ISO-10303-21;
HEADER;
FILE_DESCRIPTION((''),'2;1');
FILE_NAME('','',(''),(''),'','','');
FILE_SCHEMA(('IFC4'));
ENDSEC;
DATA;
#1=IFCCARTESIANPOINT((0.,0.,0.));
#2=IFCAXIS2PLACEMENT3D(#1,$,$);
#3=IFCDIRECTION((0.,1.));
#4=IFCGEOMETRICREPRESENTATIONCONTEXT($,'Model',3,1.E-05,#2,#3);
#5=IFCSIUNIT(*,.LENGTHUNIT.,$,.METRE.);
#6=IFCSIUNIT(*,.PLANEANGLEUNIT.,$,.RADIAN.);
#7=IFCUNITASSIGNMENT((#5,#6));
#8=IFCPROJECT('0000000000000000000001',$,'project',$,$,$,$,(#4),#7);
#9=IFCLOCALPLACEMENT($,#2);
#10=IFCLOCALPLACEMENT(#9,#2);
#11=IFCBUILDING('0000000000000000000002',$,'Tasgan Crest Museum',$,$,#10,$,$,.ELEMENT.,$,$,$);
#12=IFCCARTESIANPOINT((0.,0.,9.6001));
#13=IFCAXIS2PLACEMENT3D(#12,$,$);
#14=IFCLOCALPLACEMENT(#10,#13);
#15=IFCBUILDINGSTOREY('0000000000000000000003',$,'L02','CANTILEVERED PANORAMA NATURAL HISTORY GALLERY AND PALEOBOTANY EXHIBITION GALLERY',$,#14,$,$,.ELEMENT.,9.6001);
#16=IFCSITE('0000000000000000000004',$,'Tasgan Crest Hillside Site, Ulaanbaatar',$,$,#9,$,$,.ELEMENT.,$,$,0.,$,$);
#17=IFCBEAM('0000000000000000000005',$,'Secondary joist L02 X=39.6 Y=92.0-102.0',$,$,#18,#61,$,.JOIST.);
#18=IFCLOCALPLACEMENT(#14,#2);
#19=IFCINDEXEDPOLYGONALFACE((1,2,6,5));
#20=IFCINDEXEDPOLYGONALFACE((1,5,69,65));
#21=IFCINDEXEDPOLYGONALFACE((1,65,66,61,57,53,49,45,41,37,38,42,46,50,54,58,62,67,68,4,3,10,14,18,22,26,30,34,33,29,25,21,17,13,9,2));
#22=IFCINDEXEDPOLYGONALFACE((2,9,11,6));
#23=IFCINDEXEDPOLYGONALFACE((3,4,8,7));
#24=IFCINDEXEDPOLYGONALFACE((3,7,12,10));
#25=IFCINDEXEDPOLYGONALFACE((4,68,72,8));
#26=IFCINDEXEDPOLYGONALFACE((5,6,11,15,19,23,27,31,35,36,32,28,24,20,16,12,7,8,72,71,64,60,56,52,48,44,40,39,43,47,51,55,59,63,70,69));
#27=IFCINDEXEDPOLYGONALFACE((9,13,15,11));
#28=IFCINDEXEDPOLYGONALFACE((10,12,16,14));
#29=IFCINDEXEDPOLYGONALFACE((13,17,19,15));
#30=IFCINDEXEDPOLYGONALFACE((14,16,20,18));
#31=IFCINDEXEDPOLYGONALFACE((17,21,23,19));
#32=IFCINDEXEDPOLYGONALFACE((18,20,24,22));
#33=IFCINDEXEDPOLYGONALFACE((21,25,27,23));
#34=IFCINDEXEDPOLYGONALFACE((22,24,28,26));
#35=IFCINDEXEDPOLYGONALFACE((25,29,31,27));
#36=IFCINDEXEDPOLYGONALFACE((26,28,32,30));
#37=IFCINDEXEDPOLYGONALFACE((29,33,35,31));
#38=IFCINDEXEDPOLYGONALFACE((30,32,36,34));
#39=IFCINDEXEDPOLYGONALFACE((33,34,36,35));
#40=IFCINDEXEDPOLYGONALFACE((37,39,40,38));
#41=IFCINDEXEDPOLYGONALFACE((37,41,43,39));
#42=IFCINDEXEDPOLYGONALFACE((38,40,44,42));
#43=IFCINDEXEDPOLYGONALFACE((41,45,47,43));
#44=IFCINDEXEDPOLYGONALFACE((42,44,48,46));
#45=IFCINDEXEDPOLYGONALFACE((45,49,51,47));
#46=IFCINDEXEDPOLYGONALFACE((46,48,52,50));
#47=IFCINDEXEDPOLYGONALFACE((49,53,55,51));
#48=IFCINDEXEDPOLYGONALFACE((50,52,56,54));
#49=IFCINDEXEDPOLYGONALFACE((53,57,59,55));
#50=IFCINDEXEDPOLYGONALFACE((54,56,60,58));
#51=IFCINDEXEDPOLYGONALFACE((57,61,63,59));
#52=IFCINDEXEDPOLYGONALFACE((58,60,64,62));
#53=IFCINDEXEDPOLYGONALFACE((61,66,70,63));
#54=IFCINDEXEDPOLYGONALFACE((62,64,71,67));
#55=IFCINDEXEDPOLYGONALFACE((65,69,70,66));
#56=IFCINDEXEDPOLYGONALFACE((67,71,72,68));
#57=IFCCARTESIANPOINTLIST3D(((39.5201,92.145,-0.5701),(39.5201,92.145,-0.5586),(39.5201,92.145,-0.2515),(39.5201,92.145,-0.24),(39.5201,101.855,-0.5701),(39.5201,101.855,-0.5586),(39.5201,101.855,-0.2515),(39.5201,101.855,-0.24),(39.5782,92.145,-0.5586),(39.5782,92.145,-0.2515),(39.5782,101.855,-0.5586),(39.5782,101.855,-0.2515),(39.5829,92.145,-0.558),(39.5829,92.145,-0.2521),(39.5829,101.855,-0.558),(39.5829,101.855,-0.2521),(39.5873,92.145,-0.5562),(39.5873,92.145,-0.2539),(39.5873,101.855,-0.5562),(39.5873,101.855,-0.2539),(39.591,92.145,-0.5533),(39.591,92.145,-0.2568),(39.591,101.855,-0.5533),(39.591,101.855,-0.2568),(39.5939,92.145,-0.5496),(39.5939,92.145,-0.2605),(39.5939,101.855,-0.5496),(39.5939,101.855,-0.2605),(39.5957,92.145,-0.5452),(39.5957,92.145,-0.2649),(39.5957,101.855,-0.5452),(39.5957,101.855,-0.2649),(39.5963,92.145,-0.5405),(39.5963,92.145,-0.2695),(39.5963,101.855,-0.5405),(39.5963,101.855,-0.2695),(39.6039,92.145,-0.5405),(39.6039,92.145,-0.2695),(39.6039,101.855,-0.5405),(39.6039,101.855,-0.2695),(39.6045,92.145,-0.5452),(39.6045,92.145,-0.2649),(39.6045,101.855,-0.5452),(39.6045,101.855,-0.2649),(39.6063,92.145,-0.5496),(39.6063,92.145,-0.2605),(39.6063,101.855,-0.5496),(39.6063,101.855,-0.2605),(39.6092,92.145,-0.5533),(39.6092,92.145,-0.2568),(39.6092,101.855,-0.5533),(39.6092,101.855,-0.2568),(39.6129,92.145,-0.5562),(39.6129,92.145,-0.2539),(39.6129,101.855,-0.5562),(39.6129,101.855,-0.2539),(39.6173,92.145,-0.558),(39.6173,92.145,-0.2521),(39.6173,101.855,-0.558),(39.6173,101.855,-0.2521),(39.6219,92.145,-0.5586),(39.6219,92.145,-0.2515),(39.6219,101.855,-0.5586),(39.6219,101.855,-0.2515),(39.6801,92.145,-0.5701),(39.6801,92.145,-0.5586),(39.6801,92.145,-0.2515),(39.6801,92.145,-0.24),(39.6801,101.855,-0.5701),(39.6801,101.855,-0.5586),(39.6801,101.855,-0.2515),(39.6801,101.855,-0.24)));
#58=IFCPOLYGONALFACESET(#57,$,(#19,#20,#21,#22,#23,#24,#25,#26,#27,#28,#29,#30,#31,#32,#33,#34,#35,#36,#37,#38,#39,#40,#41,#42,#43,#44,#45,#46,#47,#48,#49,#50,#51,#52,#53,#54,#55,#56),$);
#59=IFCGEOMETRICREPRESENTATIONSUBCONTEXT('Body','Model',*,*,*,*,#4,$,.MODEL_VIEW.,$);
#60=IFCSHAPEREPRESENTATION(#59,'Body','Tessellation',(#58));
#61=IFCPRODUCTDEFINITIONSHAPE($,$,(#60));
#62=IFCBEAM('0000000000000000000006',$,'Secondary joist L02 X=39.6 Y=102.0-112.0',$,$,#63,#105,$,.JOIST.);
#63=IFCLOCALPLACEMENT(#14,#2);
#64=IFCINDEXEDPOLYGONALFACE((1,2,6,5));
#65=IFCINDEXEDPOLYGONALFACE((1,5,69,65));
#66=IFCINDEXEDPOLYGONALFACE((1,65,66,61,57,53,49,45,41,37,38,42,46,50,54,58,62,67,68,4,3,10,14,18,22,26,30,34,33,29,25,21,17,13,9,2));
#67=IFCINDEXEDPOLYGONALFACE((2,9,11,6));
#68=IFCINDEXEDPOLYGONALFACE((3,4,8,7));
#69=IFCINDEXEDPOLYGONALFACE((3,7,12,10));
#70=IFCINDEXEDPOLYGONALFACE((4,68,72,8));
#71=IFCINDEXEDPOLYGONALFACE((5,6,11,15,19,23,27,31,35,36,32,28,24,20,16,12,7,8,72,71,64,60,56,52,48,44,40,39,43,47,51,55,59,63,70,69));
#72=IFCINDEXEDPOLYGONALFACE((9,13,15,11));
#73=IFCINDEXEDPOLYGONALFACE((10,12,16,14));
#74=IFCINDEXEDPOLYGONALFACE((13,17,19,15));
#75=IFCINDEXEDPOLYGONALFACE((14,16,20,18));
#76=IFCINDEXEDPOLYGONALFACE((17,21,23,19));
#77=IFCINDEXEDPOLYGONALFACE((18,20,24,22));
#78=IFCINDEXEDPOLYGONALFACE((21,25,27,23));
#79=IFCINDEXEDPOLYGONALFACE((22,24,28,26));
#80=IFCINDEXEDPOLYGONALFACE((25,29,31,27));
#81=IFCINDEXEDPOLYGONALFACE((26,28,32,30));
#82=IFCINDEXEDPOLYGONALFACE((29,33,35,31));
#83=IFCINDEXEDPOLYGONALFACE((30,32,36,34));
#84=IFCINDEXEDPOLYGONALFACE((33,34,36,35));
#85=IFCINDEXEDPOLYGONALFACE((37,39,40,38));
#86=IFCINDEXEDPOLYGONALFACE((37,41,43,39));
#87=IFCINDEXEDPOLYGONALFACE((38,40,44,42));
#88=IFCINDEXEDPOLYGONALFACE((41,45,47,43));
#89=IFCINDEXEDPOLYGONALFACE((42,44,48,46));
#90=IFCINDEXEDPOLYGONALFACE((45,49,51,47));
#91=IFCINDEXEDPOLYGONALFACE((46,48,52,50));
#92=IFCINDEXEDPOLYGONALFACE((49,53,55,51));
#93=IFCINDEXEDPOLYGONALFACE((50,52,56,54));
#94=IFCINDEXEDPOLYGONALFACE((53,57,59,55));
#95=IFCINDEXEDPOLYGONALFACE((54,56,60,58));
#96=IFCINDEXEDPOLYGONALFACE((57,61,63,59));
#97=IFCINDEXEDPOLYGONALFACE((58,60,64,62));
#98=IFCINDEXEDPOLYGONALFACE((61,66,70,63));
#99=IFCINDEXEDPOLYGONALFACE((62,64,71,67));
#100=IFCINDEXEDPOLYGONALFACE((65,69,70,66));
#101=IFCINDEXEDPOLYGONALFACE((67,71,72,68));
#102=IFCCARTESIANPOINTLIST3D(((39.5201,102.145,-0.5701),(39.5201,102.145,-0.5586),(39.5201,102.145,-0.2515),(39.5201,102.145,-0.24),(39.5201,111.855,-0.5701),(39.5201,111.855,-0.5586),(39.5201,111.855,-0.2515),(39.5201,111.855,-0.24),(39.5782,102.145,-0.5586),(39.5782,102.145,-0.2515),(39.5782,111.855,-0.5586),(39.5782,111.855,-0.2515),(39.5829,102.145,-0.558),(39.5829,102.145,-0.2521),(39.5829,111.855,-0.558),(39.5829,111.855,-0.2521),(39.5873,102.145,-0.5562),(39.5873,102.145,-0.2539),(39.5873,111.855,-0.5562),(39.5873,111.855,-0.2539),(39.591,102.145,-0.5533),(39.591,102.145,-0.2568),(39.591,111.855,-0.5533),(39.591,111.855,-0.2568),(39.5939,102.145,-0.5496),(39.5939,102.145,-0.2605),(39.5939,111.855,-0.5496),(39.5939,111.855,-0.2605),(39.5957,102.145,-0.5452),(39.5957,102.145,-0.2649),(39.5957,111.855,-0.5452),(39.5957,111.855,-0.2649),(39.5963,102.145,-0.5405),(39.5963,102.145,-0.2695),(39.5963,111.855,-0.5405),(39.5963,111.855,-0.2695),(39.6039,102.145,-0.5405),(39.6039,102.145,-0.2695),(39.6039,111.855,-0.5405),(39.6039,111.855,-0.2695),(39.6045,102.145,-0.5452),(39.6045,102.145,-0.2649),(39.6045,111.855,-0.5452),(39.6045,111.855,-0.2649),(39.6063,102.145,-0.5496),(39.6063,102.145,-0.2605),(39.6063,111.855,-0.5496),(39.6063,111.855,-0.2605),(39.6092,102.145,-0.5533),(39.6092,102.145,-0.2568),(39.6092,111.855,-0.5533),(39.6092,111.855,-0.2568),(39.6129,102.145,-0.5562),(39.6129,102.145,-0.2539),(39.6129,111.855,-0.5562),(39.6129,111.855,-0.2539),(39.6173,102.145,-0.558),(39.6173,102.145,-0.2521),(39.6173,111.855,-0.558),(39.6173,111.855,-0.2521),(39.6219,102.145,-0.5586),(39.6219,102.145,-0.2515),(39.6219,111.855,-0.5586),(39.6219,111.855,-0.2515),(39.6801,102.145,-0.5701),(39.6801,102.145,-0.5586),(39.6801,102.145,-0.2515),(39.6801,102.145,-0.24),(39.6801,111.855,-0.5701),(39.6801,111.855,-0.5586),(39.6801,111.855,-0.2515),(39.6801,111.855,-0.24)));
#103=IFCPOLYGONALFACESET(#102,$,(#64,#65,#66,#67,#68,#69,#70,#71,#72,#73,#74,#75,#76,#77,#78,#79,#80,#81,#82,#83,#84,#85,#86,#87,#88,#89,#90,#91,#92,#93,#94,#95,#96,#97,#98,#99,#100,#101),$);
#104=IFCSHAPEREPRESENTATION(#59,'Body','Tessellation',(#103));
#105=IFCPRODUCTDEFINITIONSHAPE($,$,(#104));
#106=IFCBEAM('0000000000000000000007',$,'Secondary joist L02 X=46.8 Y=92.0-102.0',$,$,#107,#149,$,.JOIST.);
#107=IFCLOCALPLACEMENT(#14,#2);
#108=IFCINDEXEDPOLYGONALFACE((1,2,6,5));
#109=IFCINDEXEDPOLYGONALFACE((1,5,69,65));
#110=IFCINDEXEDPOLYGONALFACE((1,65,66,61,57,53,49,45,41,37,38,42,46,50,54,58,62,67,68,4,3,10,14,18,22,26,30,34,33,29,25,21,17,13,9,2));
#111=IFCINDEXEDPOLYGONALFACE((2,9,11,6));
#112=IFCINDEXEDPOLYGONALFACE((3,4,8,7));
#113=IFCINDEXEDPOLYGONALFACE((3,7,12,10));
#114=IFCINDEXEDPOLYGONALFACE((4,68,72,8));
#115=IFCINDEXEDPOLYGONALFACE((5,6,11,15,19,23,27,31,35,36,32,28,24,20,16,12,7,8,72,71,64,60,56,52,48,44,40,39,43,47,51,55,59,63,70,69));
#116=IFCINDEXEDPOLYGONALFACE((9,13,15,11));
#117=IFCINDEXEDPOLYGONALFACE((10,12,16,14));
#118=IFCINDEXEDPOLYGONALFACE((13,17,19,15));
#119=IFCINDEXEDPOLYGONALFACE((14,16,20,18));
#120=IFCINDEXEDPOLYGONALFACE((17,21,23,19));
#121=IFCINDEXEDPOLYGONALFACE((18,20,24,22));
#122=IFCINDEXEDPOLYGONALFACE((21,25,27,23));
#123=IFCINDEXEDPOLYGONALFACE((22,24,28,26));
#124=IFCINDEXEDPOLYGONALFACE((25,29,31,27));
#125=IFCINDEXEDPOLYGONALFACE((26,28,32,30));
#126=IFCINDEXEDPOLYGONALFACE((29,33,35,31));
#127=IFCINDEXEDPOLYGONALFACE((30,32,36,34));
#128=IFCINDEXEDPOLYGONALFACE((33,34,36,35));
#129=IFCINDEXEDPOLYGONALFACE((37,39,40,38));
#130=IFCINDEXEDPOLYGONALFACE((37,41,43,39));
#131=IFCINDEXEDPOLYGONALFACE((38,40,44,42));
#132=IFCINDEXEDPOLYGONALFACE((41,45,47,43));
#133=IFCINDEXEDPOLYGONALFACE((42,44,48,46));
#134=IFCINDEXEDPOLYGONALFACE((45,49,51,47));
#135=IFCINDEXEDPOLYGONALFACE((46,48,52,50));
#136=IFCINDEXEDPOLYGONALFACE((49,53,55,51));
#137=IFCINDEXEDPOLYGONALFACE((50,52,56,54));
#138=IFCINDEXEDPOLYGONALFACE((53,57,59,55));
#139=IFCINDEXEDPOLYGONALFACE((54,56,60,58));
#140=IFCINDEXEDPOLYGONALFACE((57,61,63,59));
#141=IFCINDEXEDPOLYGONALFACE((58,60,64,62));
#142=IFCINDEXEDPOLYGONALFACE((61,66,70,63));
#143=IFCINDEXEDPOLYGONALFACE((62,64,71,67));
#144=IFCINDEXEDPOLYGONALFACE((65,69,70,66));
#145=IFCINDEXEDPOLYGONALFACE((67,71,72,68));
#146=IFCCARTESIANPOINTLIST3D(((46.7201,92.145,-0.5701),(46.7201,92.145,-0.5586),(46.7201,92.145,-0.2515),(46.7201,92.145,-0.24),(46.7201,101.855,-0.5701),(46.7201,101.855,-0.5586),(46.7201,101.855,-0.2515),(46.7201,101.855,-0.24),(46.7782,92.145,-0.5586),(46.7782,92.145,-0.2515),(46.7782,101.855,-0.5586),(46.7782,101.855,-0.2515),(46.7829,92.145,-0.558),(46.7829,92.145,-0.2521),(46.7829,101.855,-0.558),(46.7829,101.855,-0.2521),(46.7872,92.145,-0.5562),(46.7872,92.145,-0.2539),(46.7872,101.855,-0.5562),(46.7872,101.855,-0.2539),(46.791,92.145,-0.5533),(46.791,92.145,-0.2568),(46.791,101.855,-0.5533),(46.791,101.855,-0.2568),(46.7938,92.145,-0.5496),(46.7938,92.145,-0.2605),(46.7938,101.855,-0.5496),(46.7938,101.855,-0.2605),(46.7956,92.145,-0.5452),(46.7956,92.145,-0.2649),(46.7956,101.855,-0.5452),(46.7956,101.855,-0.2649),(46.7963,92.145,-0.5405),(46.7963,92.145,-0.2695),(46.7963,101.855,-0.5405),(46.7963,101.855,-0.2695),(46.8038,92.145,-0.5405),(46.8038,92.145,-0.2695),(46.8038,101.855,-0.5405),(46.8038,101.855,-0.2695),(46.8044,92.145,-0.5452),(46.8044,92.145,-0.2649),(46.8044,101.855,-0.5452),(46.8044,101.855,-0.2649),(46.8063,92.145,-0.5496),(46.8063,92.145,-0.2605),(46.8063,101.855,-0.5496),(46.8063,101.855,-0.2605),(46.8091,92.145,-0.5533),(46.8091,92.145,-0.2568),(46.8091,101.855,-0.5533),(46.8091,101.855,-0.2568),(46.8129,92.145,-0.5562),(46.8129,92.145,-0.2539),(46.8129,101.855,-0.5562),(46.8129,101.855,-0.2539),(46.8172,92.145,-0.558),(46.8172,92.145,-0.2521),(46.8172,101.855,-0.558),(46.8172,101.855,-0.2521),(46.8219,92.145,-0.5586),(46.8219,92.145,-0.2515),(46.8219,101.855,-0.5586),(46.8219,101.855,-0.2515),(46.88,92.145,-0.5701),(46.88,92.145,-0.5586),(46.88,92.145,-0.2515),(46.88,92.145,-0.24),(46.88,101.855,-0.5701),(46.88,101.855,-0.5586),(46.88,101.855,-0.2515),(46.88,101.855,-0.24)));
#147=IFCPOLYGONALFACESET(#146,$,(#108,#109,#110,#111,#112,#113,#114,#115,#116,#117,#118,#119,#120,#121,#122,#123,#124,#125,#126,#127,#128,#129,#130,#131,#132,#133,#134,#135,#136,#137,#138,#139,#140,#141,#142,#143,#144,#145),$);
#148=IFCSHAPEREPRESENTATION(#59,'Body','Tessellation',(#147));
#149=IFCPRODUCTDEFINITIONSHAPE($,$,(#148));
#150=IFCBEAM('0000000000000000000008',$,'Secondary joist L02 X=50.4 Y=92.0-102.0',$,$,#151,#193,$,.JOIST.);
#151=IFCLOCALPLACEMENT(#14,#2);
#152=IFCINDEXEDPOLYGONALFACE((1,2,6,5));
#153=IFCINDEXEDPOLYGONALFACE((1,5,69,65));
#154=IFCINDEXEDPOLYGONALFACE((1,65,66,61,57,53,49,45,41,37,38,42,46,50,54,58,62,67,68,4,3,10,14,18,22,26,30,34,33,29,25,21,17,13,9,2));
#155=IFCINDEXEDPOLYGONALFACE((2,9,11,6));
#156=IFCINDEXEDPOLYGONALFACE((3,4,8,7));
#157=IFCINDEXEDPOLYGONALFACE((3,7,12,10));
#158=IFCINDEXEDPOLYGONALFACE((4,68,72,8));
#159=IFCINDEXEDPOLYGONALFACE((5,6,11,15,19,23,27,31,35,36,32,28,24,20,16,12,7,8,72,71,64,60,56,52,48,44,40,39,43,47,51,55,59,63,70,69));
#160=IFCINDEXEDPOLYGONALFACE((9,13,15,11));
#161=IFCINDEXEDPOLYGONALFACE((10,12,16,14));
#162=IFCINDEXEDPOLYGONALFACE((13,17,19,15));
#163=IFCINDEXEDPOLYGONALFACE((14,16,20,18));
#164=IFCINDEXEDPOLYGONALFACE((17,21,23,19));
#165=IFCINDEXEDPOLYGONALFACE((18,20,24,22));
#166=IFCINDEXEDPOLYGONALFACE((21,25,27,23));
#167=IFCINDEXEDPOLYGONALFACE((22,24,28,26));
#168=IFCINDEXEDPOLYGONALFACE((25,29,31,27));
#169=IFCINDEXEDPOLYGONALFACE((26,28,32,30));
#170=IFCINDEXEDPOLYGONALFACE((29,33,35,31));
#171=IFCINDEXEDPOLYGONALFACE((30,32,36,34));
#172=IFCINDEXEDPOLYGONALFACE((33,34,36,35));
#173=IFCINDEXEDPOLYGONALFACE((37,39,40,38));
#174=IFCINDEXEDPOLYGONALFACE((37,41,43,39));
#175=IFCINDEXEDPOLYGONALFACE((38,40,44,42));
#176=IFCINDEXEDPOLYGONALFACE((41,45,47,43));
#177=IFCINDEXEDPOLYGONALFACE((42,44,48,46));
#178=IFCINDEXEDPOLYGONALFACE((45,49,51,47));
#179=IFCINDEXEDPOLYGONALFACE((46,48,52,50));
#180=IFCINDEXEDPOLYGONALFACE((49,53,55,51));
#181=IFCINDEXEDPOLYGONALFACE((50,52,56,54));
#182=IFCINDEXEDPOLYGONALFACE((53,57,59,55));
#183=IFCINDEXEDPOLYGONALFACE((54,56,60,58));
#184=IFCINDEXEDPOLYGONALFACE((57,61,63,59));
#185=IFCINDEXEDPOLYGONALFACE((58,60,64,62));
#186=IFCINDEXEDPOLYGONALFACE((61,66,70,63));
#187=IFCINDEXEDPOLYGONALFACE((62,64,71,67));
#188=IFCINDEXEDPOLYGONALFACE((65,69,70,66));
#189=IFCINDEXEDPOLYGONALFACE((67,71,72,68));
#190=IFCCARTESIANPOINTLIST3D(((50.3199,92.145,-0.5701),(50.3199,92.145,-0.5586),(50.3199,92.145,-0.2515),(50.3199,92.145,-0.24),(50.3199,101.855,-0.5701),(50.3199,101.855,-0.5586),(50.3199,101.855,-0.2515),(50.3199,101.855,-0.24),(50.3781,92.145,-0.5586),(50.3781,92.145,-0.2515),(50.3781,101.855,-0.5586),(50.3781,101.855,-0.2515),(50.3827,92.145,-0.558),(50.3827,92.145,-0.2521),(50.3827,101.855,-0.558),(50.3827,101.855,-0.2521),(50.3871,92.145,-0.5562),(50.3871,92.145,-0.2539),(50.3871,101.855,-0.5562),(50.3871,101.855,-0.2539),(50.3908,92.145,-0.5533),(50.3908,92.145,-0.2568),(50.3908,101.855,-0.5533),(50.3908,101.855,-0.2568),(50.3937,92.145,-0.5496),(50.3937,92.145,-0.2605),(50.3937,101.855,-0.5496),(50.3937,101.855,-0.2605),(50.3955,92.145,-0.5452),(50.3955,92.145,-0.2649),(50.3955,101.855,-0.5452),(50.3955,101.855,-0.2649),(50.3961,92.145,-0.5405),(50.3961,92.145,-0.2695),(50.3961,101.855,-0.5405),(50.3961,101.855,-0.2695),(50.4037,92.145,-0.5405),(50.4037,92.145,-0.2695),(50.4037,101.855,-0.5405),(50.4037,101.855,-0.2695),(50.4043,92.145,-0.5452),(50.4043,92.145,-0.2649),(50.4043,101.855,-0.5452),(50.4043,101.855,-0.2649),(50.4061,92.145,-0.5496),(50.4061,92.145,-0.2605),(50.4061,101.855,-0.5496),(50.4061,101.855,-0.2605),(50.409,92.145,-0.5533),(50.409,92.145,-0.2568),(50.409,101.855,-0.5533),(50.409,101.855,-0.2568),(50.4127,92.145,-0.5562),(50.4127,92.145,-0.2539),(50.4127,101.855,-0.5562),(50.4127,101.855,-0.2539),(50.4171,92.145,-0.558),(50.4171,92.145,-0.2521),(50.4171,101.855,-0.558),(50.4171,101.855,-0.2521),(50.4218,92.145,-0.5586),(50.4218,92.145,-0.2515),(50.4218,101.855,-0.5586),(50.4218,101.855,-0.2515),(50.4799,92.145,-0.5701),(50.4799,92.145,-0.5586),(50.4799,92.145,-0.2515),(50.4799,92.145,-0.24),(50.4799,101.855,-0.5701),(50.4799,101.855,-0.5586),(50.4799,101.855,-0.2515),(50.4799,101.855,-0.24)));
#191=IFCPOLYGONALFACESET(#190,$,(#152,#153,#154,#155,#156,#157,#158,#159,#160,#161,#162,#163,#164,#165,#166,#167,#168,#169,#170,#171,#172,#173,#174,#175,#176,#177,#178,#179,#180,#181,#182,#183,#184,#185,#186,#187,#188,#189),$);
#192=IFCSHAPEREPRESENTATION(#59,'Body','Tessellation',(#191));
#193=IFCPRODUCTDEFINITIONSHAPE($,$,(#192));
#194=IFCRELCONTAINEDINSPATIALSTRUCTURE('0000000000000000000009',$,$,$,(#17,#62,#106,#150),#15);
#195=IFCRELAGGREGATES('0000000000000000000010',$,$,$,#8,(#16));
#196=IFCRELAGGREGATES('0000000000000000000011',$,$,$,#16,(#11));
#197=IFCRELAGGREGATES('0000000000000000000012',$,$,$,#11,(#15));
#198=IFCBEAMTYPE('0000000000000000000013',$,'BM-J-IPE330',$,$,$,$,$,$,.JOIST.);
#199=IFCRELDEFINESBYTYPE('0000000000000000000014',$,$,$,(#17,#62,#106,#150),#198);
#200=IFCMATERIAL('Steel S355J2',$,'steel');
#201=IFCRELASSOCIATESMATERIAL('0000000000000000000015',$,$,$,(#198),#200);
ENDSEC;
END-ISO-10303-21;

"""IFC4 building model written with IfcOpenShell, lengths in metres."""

from ifc_helpers import new_model, si_unit, direction, frame, origin, origin_2d, place, context, subcontext, project, spatial, i_section, extrude, material, material_profile, profile_set, type_object, element, save


model = new_model("IFC4")

# Units and contexts
model_context = context("Model", 3, precision=1e-05, world=origin(), true_north=direction((0.0, 1.0)))
body_context = subcontext(model_context, "Body", "Model", "MODEL_VIEW")
ifc_project = project(units=[si_unit("LENGTHUNIT", "METRE"), si_unit("PLANEANGLEUNIT", "RADIAN")], contexts=[model_context])

# Site, building, storey
site_placement = place(None, origin())
site = spatial("IfcSite", under=ifc_project, at=site_placement, Name="Tasgan Crest Hillside Site, Ulaanbaatar", CompositionType="ELEMENT", RefElevation=0.0)
building_placement = place(site_placement, origin())
building = spatial("IfcBuilding", under=site, at=building_placement, Name="Tasgan Crest Museum", CompositionType="ELEMENT")
storey_placement = place(building_placement, frame((0.0, 0.0, 9.6001)))
storey = spatial("IfcBuildingStorey", under=building, at=storey_placement, Name="L02", Description="CANTILEVERED PANORAMA NATURAL HISTORY GALLERY AND PALEOBOTANY EXHIBITION GALLERY", CompositionType="ELEMENT", Elevation=9.6001)

# Beams
ifc_material_1 = material(Name="Steel S355J2", Category="steel")
ifc_material_profile_1 = material_profile(ifc_material_1, i_section(OverallWidth=0.1599, OverallDepth=0.3301, WebThickness=0.0076, FlangeThickness=0.0115, FilletRadius=0.0181, at=origin_2d()), Name="IPE 330")
ifc_profile_set_1 = profile_set([ifc_material_profile_1], Name="Steel S355J2")
beam_type_1 = type_object("IfcBeamType", Name="BM-J-IPE330", PredefinedType="JOIST", material=ifc_profile_set_1)
for number, where, z_axis, x_axis, name in (
    (1, (39.6001, 92.145, -0.405), (0.0, 1.0, 0.0), (-1.0, 0.0, 0.0), "Secondary joist L02 X=39.6 Y=92.0-102.0"),
    (2, (39.6001, 102.145, -0.405), (0.0, 1.0, 0.0), (-1.0, 0.0, 0.0), "Secondary joist L02 X=39.6 Y=102.0-112.0"),
    (3, (46.8, 92.145, -0.405), (0.0, 1.0, 0.0), (-1.0, 0.0, 0.0), "Secondary joist L02 X=46.8 Y=92.0-102.0"),
    (4, (50.3999, 92.145, -0.405), (0.0, 1.0, 0.0), (-1.0, 0.0, 0.0), "Secondary joist L02 X=50.4 Y=92.0-102.0"),
):
    element("IfcBeam", number, at=place(storey_placement, frame(where, z_axis=z_axis, x_axis=x_axis)), inside=storey, type_object=beam_type_1, Name=name, PredefinedType="JOIST", context=body_context, shape_type="SweptSolid", body=[
        extrude(i_section(OverallWidth=0.1599, OverallDepth=0.3301, WebThickness=0.0076, FlangeThickness=0.0115, FilletRadius=0.0181, at=origin_2d()), origin(), (0.0, 0.0, 1.0), 9.71),
    ])

save(model, "model.ifc")
